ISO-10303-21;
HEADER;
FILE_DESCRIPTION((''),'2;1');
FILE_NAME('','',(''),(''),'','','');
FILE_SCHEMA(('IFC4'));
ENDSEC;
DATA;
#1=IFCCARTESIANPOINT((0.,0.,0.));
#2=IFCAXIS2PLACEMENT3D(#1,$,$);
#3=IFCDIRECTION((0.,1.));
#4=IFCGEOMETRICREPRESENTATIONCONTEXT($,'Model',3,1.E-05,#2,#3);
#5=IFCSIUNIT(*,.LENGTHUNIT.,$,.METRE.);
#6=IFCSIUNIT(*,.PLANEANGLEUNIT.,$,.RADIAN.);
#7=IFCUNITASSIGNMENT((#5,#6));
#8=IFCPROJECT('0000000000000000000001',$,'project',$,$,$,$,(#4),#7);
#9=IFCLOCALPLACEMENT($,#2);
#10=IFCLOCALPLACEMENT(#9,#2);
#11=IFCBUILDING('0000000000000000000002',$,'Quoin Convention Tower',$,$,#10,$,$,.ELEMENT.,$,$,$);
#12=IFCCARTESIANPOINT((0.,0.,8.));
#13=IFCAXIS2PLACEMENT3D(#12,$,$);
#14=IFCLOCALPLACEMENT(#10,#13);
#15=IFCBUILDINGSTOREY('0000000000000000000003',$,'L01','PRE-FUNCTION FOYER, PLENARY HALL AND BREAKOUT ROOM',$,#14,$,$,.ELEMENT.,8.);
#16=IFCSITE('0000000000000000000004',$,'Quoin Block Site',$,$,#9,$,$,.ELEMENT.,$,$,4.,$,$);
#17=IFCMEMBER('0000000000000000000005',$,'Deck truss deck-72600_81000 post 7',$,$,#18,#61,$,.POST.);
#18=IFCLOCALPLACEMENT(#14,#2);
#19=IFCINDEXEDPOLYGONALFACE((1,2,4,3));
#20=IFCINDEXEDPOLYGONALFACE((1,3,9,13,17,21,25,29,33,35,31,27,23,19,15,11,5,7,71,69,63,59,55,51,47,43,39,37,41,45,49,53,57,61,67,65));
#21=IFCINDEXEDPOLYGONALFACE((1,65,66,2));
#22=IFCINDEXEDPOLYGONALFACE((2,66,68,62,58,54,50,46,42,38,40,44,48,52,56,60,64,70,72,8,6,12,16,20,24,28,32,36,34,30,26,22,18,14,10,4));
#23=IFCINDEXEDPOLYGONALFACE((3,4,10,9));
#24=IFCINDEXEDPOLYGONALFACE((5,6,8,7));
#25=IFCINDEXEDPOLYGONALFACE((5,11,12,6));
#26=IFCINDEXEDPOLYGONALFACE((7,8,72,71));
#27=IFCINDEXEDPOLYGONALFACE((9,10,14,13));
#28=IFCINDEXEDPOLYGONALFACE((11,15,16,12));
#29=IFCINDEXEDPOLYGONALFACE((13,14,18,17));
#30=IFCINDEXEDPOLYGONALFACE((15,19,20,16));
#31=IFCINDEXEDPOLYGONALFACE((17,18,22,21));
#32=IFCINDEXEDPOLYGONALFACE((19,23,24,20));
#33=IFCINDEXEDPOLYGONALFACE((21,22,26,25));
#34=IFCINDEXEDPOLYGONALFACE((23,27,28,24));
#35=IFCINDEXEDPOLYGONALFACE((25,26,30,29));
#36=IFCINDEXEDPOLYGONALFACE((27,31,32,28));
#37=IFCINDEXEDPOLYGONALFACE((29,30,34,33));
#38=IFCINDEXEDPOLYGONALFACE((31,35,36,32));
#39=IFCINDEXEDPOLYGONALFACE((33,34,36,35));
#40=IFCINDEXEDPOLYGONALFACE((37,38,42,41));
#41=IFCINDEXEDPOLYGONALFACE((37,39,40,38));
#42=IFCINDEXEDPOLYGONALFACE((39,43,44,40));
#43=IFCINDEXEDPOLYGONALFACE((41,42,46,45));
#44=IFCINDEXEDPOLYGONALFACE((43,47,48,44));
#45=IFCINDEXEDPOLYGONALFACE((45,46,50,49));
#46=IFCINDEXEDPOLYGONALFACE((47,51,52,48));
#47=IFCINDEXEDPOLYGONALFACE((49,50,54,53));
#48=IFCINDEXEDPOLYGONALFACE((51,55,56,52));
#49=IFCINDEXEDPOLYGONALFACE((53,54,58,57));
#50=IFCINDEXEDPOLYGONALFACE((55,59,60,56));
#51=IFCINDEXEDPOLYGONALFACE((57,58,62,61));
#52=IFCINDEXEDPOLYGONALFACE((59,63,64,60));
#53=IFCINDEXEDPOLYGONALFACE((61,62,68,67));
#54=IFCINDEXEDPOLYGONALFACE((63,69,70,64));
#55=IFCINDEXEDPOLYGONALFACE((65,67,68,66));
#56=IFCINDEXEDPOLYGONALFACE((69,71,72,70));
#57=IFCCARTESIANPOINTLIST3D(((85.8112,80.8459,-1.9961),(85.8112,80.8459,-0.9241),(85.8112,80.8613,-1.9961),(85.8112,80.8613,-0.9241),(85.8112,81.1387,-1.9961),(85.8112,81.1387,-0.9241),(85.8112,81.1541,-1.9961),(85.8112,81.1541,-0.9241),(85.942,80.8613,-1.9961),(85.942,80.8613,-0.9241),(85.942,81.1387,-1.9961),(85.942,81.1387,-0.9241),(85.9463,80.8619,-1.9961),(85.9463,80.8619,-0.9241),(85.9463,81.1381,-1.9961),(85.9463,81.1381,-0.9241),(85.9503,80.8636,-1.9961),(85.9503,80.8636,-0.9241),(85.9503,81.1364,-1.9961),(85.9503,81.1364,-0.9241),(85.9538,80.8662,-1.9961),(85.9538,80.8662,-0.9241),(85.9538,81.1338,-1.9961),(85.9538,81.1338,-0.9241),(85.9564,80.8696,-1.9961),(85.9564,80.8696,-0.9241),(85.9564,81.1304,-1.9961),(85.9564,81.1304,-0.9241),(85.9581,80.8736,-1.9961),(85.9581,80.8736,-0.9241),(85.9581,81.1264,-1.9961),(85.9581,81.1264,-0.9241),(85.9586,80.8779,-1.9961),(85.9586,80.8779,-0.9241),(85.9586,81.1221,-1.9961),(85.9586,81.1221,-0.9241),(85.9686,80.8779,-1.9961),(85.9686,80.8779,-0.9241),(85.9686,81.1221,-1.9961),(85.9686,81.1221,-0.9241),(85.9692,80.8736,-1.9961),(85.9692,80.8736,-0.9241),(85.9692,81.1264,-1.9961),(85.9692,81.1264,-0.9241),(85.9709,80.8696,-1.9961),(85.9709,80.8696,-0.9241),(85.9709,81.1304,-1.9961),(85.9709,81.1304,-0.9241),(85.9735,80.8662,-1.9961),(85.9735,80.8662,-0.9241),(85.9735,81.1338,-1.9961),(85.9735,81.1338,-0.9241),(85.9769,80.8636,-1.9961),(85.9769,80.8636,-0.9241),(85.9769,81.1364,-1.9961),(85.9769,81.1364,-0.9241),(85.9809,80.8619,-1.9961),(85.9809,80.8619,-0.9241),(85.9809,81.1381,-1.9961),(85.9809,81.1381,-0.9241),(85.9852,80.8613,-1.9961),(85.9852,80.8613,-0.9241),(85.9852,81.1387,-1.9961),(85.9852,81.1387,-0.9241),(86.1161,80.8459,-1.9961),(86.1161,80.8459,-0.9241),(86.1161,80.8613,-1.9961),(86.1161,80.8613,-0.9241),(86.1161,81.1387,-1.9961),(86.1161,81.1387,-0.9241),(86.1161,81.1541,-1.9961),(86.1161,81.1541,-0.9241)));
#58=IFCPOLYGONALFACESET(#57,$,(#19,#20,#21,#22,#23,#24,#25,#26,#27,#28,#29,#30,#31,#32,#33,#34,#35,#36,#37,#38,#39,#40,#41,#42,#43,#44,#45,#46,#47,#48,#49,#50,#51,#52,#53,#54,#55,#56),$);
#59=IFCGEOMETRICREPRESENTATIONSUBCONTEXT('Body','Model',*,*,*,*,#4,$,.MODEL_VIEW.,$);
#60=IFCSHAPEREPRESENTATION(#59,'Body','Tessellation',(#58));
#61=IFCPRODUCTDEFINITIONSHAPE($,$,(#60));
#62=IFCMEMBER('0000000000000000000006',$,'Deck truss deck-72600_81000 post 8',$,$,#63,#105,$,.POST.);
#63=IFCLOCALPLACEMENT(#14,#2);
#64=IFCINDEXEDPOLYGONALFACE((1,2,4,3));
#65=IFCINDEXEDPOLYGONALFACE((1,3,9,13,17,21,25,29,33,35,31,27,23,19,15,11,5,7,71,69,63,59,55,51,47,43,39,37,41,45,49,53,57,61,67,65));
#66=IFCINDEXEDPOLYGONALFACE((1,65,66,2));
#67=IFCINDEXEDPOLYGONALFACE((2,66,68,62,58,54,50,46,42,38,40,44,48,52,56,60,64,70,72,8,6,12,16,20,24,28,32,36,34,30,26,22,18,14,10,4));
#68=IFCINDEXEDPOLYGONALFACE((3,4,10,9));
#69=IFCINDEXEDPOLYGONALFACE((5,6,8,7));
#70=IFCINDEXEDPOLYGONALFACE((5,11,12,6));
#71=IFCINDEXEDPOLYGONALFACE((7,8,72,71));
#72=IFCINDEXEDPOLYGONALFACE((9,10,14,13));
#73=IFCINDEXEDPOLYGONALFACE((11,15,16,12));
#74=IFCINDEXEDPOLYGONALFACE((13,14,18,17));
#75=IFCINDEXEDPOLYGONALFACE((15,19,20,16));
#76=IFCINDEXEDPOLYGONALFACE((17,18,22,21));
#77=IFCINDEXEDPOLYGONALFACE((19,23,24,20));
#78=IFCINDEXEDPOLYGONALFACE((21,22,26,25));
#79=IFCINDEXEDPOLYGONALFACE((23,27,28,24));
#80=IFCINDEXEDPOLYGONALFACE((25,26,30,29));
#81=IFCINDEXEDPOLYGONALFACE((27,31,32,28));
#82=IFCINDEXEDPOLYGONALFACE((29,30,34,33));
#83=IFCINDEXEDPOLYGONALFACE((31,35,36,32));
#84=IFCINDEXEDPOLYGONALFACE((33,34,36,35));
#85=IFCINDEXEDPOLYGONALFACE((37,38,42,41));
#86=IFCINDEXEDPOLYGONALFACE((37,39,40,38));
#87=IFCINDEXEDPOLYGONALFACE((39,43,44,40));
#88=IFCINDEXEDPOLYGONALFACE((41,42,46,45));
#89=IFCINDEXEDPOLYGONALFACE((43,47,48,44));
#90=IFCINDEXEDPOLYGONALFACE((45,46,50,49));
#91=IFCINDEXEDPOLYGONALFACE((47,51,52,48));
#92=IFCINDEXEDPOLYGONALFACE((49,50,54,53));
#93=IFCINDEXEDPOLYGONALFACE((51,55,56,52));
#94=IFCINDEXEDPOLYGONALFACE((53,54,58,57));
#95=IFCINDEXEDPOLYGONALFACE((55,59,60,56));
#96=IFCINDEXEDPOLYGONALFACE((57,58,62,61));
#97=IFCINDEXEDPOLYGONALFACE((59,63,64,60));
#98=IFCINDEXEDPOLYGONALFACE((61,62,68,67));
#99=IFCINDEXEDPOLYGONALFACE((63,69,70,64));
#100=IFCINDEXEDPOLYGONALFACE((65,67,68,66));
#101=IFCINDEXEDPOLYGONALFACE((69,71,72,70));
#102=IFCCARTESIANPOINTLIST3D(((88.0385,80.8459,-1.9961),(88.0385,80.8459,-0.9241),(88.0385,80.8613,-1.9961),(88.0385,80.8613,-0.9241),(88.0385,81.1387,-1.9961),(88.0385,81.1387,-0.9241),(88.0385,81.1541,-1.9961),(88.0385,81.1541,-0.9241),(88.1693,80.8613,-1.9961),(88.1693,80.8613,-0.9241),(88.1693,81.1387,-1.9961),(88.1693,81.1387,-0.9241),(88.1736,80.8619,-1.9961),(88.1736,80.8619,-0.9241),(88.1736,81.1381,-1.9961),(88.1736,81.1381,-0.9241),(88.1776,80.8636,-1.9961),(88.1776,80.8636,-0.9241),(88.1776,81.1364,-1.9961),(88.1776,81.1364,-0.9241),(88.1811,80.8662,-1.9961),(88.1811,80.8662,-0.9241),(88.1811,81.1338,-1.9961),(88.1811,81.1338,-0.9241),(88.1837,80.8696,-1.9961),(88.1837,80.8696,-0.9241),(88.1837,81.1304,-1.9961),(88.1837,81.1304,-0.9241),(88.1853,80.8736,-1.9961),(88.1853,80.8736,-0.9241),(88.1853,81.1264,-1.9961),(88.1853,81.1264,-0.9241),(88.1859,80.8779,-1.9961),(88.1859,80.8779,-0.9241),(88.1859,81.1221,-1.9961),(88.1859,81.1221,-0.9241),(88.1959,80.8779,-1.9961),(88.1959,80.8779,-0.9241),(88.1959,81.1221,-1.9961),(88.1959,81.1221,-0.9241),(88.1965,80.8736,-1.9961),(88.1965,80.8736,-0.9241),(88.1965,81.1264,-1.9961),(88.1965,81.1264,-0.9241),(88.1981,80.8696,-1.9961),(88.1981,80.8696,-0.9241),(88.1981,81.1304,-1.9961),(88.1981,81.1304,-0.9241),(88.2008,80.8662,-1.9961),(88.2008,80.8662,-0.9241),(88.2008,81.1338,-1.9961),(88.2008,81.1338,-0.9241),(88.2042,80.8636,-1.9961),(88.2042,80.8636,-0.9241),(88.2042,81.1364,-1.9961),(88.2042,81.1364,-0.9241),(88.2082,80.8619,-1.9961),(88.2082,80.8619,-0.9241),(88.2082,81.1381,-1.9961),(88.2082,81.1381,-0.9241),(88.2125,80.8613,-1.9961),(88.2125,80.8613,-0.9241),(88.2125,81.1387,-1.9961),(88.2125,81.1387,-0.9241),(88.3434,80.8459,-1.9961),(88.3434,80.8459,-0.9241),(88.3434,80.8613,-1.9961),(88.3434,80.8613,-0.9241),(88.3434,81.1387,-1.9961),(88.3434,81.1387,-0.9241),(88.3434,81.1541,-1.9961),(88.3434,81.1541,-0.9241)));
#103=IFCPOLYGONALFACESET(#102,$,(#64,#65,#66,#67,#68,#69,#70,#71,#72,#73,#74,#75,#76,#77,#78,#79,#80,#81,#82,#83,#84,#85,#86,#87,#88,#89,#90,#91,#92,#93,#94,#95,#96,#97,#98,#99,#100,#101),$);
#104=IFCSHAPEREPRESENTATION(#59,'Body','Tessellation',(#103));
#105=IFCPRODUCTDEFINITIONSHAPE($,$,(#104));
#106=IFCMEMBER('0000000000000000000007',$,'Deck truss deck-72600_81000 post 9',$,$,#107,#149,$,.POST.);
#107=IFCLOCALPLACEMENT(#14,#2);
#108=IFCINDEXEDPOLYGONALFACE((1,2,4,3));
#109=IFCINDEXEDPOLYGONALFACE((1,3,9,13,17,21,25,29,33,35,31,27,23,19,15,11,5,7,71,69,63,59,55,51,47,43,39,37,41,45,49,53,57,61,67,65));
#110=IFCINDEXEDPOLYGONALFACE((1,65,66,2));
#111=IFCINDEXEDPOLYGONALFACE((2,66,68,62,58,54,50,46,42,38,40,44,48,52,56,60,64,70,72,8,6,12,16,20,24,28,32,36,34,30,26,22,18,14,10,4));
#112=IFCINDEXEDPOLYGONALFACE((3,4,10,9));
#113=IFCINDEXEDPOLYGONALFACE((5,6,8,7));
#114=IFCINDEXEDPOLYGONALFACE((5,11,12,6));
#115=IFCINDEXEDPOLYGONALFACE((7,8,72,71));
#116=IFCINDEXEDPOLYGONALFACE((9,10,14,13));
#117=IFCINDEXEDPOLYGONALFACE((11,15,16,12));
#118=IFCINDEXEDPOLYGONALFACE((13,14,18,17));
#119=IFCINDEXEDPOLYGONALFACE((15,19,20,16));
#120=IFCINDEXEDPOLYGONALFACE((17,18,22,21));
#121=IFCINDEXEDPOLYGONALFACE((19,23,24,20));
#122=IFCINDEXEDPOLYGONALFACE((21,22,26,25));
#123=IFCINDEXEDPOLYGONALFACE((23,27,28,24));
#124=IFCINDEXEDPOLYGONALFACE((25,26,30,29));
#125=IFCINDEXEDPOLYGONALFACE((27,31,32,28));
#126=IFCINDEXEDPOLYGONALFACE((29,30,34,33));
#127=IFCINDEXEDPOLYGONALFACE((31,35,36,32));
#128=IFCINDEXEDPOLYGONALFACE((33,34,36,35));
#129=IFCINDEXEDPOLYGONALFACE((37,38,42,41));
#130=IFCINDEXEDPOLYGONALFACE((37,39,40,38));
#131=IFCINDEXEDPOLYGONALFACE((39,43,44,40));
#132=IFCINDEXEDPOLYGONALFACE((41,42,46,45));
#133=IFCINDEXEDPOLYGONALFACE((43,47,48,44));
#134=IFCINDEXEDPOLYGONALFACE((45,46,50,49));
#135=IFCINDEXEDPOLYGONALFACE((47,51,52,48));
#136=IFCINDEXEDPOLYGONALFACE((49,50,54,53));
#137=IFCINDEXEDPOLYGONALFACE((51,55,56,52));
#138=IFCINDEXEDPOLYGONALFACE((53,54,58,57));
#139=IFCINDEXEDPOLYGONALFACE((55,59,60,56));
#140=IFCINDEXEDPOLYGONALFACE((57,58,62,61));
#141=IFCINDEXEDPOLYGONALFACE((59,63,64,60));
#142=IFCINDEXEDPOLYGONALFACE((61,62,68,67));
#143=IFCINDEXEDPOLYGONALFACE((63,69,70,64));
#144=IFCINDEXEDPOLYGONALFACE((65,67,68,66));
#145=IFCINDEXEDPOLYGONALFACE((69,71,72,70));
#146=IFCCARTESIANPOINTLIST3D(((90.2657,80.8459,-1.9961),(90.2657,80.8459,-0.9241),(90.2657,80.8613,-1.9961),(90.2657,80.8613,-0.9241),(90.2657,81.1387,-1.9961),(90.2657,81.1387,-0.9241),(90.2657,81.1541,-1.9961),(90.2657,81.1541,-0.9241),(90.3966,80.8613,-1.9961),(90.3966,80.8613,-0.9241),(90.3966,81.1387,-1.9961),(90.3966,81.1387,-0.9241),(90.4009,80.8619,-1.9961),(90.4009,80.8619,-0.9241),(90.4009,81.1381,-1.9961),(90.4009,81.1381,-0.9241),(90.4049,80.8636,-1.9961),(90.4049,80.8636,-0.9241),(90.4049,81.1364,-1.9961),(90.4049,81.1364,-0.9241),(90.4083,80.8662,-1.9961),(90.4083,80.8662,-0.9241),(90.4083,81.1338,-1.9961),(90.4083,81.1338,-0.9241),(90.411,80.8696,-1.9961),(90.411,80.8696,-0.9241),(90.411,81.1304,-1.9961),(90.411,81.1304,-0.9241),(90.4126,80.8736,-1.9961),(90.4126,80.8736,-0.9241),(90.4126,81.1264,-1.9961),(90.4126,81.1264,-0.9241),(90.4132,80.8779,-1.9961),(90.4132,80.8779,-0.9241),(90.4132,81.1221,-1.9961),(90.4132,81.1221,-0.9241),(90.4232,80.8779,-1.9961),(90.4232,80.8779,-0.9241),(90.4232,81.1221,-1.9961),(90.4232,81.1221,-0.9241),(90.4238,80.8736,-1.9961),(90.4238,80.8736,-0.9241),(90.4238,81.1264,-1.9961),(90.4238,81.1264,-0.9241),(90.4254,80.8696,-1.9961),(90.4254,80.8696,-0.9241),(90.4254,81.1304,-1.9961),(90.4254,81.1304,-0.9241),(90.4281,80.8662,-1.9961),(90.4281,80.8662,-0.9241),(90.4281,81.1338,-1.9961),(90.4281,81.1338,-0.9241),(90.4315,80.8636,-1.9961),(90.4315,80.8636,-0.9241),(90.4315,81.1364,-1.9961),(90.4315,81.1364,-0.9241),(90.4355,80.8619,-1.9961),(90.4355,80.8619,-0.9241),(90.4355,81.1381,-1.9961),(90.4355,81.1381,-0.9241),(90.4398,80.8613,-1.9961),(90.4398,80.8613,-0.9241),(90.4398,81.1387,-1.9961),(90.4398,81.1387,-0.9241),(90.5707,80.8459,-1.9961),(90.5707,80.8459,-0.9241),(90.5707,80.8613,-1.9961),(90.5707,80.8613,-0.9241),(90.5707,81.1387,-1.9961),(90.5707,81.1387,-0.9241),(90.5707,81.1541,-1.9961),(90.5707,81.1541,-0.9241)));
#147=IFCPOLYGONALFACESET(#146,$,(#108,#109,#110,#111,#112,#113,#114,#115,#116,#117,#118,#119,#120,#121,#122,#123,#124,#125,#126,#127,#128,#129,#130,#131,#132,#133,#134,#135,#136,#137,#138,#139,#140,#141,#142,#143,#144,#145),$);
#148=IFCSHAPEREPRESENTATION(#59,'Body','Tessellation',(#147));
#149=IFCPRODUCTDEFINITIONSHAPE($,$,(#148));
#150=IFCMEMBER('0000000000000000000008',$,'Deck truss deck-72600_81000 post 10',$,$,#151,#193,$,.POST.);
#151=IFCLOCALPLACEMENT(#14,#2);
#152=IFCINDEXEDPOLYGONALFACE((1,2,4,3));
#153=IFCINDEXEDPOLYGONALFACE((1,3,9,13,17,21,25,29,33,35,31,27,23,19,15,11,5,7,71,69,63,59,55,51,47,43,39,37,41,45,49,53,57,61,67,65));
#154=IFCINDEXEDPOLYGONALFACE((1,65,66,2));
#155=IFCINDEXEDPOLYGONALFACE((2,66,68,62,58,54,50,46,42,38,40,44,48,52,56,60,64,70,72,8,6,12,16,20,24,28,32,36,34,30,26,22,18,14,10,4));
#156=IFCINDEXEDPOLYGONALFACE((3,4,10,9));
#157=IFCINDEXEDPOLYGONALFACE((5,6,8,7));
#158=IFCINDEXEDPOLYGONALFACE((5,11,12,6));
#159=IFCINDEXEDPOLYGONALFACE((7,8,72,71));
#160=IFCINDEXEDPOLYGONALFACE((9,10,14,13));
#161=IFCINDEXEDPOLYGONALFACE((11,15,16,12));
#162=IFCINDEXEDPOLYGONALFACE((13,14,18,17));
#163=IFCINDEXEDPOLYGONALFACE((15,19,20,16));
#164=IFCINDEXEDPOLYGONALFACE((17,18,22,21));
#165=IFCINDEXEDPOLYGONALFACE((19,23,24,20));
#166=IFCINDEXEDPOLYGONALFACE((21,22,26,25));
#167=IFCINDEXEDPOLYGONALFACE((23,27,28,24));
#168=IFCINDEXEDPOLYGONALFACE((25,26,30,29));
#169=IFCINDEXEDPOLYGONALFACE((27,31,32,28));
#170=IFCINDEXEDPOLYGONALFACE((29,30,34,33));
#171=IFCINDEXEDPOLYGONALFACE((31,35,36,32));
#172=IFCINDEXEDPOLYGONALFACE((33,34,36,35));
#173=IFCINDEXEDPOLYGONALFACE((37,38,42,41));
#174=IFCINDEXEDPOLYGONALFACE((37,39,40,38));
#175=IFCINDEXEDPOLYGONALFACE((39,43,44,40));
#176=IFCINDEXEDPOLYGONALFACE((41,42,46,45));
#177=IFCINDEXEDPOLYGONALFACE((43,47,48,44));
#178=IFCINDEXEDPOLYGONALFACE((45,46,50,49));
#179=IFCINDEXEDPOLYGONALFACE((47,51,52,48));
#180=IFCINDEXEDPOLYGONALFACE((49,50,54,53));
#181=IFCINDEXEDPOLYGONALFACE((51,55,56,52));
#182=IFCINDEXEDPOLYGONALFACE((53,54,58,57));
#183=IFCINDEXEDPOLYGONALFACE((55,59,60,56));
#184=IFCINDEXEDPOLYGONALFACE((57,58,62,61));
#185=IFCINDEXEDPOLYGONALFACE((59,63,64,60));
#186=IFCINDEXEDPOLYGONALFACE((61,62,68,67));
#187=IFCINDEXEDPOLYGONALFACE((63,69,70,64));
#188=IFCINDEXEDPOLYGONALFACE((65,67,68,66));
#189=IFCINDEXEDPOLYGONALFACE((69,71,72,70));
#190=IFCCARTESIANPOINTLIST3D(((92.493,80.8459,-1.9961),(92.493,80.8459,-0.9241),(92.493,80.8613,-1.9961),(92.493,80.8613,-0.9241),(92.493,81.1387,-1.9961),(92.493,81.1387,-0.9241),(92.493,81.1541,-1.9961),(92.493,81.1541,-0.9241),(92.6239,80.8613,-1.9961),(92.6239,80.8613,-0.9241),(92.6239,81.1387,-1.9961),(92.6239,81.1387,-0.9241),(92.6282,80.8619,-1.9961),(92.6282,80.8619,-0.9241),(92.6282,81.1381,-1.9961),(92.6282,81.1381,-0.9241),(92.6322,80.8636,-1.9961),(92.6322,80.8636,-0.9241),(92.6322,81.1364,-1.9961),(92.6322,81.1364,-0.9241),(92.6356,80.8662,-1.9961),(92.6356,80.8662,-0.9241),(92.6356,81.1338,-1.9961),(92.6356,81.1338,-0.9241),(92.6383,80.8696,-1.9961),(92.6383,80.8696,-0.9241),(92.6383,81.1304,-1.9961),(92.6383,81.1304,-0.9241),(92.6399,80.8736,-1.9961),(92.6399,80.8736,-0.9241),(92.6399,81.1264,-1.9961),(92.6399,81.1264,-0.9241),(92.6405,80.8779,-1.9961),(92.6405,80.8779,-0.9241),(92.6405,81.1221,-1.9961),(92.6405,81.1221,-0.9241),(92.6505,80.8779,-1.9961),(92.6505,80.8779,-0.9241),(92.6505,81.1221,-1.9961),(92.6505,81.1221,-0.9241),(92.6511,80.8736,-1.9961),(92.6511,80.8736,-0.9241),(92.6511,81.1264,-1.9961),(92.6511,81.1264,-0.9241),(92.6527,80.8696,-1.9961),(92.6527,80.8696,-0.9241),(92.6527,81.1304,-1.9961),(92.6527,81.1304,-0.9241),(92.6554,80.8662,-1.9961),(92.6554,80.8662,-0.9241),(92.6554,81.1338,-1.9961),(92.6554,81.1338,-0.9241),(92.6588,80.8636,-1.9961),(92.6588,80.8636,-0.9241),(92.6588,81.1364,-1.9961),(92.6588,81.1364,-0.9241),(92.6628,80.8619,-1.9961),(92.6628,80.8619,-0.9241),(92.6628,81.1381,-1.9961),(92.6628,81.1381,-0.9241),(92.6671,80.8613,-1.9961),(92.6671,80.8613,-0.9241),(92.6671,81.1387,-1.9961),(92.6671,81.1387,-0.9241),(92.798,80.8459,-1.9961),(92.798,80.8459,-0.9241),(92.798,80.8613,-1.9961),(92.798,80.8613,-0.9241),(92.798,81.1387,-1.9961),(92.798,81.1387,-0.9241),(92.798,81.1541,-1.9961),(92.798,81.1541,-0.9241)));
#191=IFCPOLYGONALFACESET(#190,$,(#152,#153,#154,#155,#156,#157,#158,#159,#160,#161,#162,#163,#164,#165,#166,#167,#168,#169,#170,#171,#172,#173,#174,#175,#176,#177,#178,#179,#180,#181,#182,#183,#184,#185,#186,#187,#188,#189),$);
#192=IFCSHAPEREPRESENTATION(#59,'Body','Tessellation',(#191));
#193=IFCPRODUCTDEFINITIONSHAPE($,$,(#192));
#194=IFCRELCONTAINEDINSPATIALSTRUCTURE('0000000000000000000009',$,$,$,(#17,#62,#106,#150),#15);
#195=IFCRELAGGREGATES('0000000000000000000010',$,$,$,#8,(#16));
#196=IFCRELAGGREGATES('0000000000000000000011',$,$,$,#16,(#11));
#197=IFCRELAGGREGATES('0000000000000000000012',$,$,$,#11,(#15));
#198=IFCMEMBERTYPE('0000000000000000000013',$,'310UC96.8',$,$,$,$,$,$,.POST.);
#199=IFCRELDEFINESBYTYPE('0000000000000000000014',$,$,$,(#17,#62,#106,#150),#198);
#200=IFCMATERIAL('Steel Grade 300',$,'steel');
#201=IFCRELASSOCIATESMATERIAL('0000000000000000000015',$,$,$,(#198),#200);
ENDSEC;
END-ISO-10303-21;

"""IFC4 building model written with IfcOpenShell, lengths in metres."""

from ifc_helpers import new_model, si_unit, direction, frame, origin, origin_2d, place, context, subcontext, project, spatial, i_section, extrude, material, material_profile, profile_set, type_object, element, save


model = new_model("IFC4")

# Units and contexts
model_context = context("Model", 3, precision=1e-05, world=origin(), true_north=direction((0.0, 1.0)))
body_context = subcontext(model_context, "Body", "Model", "MODEL_VIEW")
ifc_project = project(units=[si_unit("LENGTHUNIT", "METRE"), si_unit("PLANEANGLEUNIT", "RADIAN")], contexts=[model_context])

# Site, building, storey
site_placement = place(None, origin())
site = spatial("IfcSite", under=ifc_project, at=site_placement, Name="Quoin Block Site", CompositionType="ELEMENT", RefElevation=4.0)
building_placement = place(site_placement, origin())
building = spatial("IfcBuilding", under=site, at=building_placement, Name="Quoin Convention Tower", CompositionType="ELEMENT")
storey_placement = place(building_placement, frame((0.0, 0.0, 8.0)))
storey = spatial("IfcBuildingStorey", under=building, at=storey_placement, Name="L01", Description="PRE-FUNCTION FOYER, PLENARY HALL AND BREAKOUT ROOM", CompositionType="ELEMENT", Elevation=8.0)

# Shared definitions
ifc_material_1 = material(Name="Steel Grade 300", Category="steel")

# Members
ifc_material_profile_1 = material_profile(ifc_material_1, i_section(OverallWidth=0.3049, OverallDepth=0.3081, WebThickness=0.01, FlangeThickness=0.0154, FilletRadius=0.0166, at=origin_2d()), Name="310UC96.8")
ifc_profile_set_1 = profile_set([ifc_material_profile_1], Name="Steel Grade 300")
member_type_1 = type_object("IfcMemberType", Name="310UC96.8", PredefinedType="POST", material=ifc_profile_set_1)
for number, where, z_axis, x_axis, name in (
    (1, (85.9636, 81.0, -1.9961), (0.0, 0.0, 1.0), (1.0, 0.0, 0.0), "Deck truss deck-72600_81000 post 7"),
    (2, (88.1909, 81.0, -1.9961), (0.0, 0.0, 1.0), (1.0, 0.0, 0.0), "Deck truss deck-72600_81000 post 8"),
    (3, (90.4182, 81.0, -1.9961), (0.0, 0.0, 1.0), (1.0, 0.0, 0.0), "Deck truss deck-72600_81000 post 9"),
    (4, (92.6455, 81.0, -1.9961), (0.0, 0.0, 1.0), (1.0, 0.0, 0.0), "Deck truss deck-72600_81000 post 10"),
):
    element("IfcMember", number, at=place(storey_placement, frame(where, z_axis=z_axis, x_axis=x_axis)), inside=storey, type_object=member_type_1, Name=name, PredefinedType="POST", context=body_context, shape_type="SweptSolid", body=[
        extrude(i_section(OverallWidth=0.3049, OverallDepth=0.3081, WebThickness=0.01, FlangeThickness=0.0154, FilletRadius=0.0166, at=origin_2d()), origin(), (0.0, 0.0, 1.0), 1.072),
    ])

save(model, "model.ifc")
